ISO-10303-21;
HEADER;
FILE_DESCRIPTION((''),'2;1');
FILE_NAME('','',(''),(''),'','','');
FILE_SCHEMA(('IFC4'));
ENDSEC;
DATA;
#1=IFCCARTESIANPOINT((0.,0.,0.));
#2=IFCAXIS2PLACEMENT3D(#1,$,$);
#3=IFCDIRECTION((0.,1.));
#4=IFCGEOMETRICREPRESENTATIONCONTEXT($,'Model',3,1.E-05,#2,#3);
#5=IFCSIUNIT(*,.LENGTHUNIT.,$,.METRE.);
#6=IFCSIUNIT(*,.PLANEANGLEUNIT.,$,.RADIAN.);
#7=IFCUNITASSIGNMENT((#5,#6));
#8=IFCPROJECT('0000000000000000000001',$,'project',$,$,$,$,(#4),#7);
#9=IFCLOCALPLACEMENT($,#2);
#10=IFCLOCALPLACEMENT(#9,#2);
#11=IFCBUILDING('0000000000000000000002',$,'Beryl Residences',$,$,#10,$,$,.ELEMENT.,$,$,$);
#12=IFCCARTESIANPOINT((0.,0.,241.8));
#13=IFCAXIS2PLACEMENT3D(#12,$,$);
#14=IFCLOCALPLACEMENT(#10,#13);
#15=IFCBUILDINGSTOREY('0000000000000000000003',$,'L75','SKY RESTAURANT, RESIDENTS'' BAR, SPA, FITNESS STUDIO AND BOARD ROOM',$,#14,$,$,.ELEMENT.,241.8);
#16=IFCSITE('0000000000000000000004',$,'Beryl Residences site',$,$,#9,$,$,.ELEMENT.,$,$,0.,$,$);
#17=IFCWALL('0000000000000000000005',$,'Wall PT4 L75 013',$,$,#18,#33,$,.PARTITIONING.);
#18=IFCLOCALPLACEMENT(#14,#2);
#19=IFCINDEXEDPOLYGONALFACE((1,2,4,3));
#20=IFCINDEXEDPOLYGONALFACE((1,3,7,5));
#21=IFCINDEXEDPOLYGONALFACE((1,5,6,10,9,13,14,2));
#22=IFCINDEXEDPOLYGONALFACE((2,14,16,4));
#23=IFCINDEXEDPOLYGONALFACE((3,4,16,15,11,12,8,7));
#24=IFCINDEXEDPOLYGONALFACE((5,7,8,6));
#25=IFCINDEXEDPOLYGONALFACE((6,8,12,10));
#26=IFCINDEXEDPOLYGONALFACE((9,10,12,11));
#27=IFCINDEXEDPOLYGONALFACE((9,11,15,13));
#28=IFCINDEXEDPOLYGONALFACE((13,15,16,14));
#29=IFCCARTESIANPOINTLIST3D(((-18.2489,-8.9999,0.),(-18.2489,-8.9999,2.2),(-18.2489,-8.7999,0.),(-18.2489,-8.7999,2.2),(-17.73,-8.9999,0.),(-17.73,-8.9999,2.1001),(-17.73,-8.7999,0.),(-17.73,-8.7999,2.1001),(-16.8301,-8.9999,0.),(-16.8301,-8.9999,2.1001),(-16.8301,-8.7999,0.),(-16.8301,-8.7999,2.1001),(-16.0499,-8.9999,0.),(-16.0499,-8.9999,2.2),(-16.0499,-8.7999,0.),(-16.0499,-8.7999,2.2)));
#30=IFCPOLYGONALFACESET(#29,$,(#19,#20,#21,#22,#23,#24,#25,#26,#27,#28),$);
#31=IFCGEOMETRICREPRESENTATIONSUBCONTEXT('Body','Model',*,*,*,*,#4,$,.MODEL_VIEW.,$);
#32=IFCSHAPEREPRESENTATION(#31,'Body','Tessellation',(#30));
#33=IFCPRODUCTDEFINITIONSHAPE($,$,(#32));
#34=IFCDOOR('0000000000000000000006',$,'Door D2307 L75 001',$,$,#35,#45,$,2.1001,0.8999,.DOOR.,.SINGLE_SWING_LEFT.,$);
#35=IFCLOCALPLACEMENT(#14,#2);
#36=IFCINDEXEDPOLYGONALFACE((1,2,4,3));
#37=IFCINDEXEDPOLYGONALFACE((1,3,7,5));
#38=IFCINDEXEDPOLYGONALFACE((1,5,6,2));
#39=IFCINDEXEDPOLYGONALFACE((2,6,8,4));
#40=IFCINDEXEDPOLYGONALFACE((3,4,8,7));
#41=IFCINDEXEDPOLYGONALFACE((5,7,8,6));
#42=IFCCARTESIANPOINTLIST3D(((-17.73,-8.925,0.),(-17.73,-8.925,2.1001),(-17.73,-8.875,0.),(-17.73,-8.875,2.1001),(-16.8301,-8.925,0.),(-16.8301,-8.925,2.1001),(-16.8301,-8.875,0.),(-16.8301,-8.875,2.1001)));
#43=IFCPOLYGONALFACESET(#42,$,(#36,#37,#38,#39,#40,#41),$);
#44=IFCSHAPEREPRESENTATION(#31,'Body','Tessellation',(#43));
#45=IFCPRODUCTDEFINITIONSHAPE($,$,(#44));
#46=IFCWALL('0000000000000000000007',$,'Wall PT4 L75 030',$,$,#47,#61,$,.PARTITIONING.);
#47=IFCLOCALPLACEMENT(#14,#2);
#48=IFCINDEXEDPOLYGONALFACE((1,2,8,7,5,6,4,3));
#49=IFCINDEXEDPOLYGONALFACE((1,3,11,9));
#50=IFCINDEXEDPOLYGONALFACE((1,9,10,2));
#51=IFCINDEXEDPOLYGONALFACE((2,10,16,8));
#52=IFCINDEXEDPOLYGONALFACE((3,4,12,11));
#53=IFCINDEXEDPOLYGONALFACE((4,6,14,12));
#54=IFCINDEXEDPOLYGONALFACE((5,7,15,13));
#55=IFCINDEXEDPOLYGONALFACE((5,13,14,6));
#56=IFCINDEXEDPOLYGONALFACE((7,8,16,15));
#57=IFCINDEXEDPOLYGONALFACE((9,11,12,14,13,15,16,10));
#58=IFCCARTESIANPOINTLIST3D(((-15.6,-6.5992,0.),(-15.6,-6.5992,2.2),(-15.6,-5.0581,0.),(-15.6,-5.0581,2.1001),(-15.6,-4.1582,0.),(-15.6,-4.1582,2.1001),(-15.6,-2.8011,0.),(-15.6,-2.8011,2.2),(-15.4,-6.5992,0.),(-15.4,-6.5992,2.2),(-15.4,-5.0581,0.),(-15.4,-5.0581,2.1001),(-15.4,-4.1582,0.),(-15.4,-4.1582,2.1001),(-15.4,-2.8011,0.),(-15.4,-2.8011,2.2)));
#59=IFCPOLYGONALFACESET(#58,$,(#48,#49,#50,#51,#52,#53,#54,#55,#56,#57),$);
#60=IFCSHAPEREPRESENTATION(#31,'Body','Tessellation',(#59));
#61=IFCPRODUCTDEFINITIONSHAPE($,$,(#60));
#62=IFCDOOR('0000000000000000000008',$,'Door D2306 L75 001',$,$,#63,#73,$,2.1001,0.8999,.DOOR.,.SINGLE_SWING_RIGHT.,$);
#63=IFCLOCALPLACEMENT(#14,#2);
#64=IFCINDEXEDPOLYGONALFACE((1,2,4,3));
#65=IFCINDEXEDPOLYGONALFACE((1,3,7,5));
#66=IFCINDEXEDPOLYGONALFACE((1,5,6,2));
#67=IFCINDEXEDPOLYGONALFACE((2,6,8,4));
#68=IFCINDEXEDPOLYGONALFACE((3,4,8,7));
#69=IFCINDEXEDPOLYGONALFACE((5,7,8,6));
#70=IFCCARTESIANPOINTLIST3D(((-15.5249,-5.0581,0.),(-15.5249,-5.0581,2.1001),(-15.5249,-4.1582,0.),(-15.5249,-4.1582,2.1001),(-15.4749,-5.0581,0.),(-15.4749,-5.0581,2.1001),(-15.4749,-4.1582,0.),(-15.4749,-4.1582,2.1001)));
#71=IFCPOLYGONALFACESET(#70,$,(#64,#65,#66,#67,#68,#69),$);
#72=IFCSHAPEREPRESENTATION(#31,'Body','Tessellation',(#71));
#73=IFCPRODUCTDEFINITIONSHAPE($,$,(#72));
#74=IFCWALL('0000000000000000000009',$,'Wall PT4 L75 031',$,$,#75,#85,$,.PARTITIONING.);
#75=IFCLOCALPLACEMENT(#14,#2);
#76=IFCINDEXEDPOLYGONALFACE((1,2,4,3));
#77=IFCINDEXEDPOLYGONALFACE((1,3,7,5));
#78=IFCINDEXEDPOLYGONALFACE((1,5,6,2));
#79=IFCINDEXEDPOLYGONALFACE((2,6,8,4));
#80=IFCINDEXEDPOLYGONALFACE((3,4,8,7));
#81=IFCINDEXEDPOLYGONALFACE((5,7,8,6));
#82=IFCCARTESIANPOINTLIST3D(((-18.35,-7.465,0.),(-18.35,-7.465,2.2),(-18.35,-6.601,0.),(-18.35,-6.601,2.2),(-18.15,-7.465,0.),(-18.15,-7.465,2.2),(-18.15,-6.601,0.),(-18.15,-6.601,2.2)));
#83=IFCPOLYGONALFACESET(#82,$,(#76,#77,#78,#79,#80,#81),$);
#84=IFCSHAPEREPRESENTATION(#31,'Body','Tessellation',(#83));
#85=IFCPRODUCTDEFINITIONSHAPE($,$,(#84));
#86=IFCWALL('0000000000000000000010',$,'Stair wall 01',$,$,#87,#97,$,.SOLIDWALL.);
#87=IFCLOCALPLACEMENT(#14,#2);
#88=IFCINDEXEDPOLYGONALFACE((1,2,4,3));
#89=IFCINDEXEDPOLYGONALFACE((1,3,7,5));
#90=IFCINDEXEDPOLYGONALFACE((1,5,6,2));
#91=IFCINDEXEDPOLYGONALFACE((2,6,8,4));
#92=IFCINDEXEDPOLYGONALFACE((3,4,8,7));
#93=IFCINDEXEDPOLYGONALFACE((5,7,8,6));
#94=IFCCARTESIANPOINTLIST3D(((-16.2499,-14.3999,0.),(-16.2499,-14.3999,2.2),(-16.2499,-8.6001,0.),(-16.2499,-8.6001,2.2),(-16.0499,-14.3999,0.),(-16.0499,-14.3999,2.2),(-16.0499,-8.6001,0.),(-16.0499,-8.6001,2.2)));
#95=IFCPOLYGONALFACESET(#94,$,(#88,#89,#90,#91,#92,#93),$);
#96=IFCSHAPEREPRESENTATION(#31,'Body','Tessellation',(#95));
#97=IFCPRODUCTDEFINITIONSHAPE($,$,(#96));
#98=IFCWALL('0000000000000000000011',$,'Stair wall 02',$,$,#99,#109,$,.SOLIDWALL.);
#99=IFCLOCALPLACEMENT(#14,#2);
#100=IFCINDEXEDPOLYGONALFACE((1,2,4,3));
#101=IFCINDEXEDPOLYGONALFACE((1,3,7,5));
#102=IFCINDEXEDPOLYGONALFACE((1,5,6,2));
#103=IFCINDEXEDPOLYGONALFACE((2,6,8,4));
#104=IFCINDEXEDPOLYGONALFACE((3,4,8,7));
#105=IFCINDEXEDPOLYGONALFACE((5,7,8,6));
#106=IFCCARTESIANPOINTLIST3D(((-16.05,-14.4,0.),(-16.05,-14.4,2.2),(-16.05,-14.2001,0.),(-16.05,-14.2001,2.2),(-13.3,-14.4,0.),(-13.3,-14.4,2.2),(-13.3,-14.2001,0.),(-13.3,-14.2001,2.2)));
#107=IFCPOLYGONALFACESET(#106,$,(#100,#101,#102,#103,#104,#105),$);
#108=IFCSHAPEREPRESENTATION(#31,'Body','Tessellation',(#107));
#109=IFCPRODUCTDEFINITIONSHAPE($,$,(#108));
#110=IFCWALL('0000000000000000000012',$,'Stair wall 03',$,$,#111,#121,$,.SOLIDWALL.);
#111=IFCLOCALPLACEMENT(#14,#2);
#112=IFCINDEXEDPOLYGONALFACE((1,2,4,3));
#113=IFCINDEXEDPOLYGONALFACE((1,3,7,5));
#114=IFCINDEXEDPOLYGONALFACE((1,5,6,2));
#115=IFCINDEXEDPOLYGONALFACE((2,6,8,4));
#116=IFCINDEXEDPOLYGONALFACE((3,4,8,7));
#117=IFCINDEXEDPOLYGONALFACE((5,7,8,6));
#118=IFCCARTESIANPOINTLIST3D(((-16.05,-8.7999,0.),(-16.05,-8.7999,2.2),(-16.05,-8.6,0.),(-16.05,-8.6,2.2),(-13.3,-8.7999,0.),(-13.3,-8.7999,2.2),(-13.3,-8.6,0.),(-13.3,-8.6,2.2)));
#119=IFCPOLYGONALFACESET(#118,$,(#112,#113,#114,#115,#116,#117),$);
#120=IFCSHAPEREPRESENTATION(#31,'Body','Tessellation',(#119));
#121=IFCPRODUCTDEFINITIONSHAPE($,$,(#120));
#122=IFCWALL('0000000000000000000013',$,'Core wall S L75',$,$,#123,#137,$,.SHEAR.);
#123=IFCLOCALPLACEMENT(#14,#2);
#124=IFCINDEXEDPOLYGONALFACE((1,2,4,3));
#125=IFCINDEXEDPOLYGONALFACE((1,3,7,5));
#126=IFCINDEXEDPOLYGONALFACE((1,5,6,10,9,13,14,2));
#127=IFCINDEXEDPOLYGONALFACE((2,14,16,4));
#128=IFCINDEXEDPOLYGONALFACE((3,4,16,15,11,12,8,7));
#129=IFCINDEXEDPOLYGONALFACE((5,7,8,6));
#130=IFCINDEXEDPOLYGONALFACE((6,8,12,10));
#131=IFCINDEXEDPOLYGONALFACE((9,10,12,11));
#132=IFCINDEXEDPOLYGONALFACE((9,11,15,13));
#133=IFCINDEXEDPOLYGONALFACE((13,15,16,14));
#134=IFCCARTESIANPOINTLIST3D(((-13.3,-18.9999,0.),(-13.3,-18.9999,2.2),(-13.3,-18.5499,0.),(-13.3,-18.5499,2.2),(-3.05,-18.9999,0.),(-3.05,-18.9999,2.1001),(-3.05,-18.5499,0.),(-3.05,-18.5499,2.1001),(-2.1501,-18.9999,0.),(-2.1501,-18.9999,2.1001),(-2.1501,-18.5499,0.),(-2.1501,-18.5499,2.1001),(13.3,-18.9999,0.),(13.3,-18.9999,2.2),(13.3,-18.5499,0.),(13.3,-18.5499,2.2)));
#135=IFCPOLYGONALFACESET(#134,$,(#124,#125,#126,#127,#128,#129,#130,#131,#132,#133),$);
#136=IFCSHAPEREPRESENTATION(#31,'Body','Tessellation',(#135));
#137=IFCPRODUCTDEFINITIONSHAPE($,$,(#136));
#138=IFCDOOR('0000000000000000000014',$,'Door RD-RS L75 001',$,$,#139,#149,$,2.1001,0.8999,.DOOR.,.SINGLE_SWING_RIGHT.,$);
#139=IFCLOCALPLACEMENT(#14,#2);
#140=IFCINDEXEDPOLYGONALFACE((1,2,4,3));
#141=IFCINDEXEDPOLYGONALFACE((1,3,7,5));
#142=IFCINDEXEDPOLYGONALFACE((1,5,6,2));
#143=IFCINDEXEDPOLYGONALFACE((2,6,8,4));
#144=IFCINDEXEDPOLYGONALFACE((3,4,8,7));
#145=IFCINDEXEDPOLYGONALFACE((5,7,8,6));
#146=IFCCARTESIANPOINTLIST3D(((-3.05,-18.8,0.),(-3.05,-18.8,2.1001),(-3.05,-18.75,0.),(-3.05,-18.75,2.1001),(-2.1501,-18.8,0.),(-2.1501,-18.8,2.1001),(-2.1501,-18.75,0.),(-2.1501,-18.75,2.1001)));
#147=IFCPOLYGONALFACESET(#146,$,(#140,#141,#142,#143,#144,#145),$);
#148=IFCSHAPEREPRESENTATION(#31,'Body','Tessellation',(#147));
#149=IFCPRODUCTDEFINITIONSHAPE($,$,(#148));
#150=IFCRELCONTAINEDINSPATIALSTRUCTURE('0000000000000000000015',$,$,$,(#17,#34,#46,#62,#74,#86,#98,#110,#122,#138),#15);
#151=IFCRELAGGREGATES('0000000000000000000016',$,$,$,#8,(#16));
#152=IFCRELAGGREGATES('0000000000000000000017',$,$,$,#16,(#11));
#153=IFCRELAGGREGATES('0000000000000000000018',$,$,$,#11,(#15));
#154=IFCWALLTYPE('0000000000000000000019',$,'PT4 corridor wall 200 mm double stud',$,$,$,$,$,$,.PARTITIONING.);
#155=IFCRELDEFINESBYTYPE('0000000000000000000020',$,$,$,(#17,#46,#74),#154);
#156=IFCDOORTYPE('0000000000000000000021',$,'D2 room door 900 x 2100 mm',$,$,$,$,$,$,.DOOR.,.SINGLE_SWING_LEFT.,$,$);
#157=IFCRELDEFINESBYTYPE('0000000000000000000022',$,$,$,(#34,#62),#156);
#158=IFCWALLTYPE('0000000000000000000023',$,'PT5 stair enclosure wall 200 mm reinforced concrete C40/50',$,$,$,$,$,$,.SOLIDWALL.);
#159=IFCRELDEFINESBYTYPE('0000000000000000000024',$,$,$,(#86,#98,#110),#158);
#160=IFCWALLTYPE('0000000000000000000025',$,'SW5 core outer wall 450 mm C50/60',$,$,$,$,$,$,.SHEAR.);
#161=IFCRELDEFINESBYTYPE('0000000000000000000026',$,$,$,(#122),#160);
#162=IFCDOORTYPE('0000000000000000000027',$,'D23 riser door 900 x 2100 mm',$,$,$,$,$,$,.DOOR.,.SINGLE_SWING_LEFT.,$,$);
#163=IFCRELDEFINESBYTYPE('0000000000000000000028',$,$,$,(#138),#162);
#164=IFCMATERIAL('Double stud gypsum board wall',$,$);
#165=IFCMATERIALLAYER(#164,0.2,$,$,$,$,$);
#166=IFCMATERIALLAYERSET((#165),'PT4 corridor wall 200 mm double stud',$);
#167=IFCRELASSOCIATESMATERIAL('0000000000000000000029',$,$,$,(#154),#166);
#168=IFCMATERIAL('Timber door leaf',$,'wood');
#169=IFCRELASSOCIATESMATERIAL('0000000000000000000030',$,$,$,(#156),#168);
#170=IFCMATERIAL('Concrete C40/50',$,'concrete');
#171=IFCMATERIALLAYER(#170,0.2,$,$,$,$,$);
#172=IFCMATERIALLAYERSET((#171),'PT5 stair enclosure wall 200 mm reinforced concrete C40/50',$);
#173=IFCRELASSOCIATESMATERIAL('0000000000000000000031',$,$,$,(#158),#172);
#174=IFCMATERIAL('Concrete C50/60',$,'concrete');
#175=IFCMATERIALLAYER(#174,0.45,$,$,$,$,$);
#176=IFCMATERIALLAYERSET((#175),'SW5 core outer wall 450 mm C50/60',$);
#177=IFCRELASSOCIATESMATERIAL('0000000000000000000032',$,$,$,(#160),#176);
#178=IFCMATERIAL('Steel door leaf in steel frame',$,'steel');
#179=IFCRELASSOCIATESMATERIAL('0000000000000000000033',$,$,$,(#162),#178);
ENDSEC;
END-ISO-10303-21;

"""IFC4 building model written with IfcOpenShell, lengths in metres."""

from ifc_helpers import new_model, si_unit, direction, frame, frame_2d, origin, place, context, subcontext, project, spatial, rectangle, extrude, material, layer, layer_set, type_object, element, fill, save


model = new_model("IFC4")

# Units and contexts
model_context = context("Model", 3, precision=1e-05, world=origin(), true_north=direction((0.0, 1.0)))
body_context = subcontext(model_context, "Body", "Model", "MODEL_VIEW")
ifc_project = project(units=[si_unit("LENGTHUNIT", "METRE"), si_unit("PLANEANGLEUNIT", "RADIAN")], contexts=[model_context])

# Site, building, storey
site_placement = place(None, origin())
site = spatial("IfcSite", under=ifc_project, at=site_placement, Name="Beryl Residences site", CompositionType="ELEMENT", RefElevation=0.0)
building_placement = place(site_placement, origin())
building = spatial("IfcBuilding", under=site, at=building_placement, Name="Beryl Residences", CompositionType="ELEMENT")
storey_placement = place(building_placement, frame((0.0, 0.0, 241.8)))
storey = spatial("IfcBuildingStorey", under=building, at=storey_placement, Name="L75", Description="SKY RESTAURANT, RESIDENTS' BAR, SPA, FITNESS STUDIO AND BOARD ROOM", CompositionType="ELEMENT", Elevation=241.8)

# Shared definitions
ifc_material_1 = material(Name="Double stud gypsum board wall")
ifc_layer_1 = layer(ifc_material_1, 0.2)
ifc_layer_set_1 = layer_set([ifc_layer_1], Name="PT4 corridor wall 200 mm double stud")
wall_type_1 = type_object("IfcWallType", Name="PT4 corridor wall 200 mm double stud", PredefinedType="PARTITIONING", material=ifc_layer_set_1)

# Walls, openings, doors
wall_1_placement = place(storey_placement, frame((-18.249, -8.8999, 0.0), z_axis=(0.0, 0.0, 1.0), x_axis=(1.0, 0.0, 0.0)))
wall_1 = element("IfcWall", 1, at=wall_1_placement, inside=storey, type_object=wall_type_1, Name="Wall PT4 L75 013", PredefinedType="PARTITIONING", context=body_context, shape_type="SweptSolid", body=[
    extrude(rectangle(XDim=2.199, YDim=0.2, at=frame_2d((1.0996, 0.0))), origin(), (0.0, 0.0, 1.0), 2.2),
])
opening_1_placement = place(wall_1_placement, frame((0.519, 0.0, 0.0)))
opening_1 = element("IfcOpeningElement", 2, at=opening_1_placement, cuts=wall_1, PredefinedType="OPENING", context=body_context, shape_type="SweptSolid", body=[
    extrude(rectangle(XDim=0.8999, YDim=2.1001, at=frame_2d((0.45, 1.05))), frame((0.0, 0.1099, 0.0), z_axis=(0.0, -1.0, 0.0), x_axis=(1.0, 0.0, 0.0)), (0.0, 0.0, 1.0), 0.22),
])
ifc_material_2 = material(Name="Timber door leaf", Category="wood")
door_type_1 = type_object("IfcDoorType", Name="D2 room door 900 x 2100 mm", OperationType="SINGLE_SWING_LEFT", PredefinedType="DOOR", material=ifc_material_2)
door_1_placement = place(opening_1_placement, origin())
door_1 = element("IfcDoor", 3, at=door_1_placement, inside=storey, type_object=door_type_1, Name="Door D2307 L75 001", OperationType="SINGLE_SWING_LEFT", OverallHeight=2.1001, OverallWidth=0.8999, PredefinedType="DOOR", context=body_context, shape_type="SweptSolid", body=[
    extrude(rectangle(XDim=0.8999, YDim=2.1001, at=frame_2d((0.45, 1.05))), frame((0.0, 0.0249, 0.0), z_axis=(0.0, -1.0, 0.0), x_axis=(1.0, 0.0, 0.0)), (0.0, 0.0, 1.0), 0.05),
])
fill(opening_1, door_1)
wall_2_placement = place(storey_placement, frame((-15.5, -6.5991, 0.0), z_axis=(0.0, 0.0, 1.0), x_axis=(0.0, 1.0, 0.0)))
wall_2 = element("IfcWall", 4, at=wall_2_placement, inside=storey, type_object=wall_type_1, Name="Wall PT4 L75 030", PredefinedType="PARTITIONING", context=body_context, shape_type="SweptSolid", body=[
    extrude(rectangle(XDim=3.7981, YDim=0.2, at=frame_2d((1.8989, 0.0))), origin(), (0.0, 0.0, 1.0), 2.2),
])
opening_2_placement = place(wall_2_placement, frame((1.541, 0.0, 0.0)))
opening_2 = element("IfcOpeningElement", 5, at=opening_2_placement, cuts=wall_2, PredefinedType="OPENING", context=body_context, shape_type="SweptSolid", body=[
    extrude(rectangle(XDim=0.8999, YDim=2.1001, at=frame_2d((0.45, 1.05))), frame((0.0, 0.1099, 0.0), z_axis=(0.0, -1.0, 0.0), x_axis=(1.0, 0.0, 0.0)), (0.0, 0.0, 1.0), 0.22),
])
door_2_placement = place(opening_2_placement, origin())
door_2 = element("IfcDoor", 6, at=door_2_placement, inside=storey, type_object=door_type_1, Name="Door D2306 L75 001", OperationType="SINGLE_SWING_RIGHT", OverallHeight=2.1001, OverallWidth=0.8999, PredefinedType="DOOR", context=body_context, shape_type="SweptSolid", body=[
    extrude(rectangle(XDim=0.8999, YDim=2.1001, at=frame_2d((0.45, 1.05))), frame((0.0, 0.0249, 0.0), z_axis=(0.0, -1.0, 0.0), x_axis=(1.0, 0.0, 0.0)), (0.0, 0.0, 1.0), 0.05),
])
fill(opening_2, door_2)

# Walls
wall_3_placement = place(storey_placement, frame((-18.25, -7.4651, 0.0), z_axis=(0.0, 0.0, 1.0), x_axis=(0.0, 1.0, 0.0)))
element("IfcWall", 7, at=wall_3_placement, inside=storey, type_object=wall_type_1, Name="Wall PT4 L75 031", PredefinedType="PARTITIONING", context=body_context, shape_type="SweptSolid", body=[
    extrude(rectangle(XDim=0.864, YDim=0.2, at=frame_2d((0.4321, 0.0))), origin(), (0.0, 0.0, 1.0), 2.2),
])
ifc_material_3 = material(Name="Concrete C40/50", Category="concrete")
ifc_layer_2 = layer(ifc_material_3, 0.2)
ifc_layer_set_2 = layer_set([ifc_layer_2], Name="PT5 stair enclosure wall 200 mm reinforced concrete C40/50")
wall_type_2 = type_object("IfcWallType", Name="PT5 stair enclosure wall 200 mm reinforced concrete C40/50", PredefinedType="SOLIDWALL", material=ifc_layer_set_2)
wall_4_placement = place(storey_placement, frame((-16.1499, -14.3999, 0.0), z_axis=(0.0, 0.0, 1.0), x_axis=(0.0, 1.0, 0.0)))
element("IfcWall", 8, at=wall_4_placement, inside=storey, type_object=wall_type_2, Name="Stair wall 01", PredefinedType="SOLIDWALL", context=body_context, shape_type="SweptSolid", body=[
    extrude(rectangle(XDim=5.7998, YDim=0.2, at=frame_2d((2.8999, 0.0))), origin(), (0.0, 0.0, 1.0), 2.2),
])
for number, where, z_axis, x_axis, name in (
    (9, (-16.05, -14.3, 0.0), (0.0, 0.0, 1.0), (1.0, 0.0, 0.0), "Stair wall 02"),
    (10, (-16.05, -8.7, 0.0), (0.0, 0.0, 1.0), (1.0, 0.0, 0.0), "Stair wall 03"),
):
    element("IfcWall", number, at=place(storey_placement, frame(where, z_axis=z_axis, x_axis=x_axis)), inside=storey, type_object=wall_type_2, Name=name, PredefinedType="SOLIDWALL", context=body_context, shape_type="SweptSolid", body=[
        extrude(rectangle(XDim=2.75, YDim=0.2, at=frame_2d((1.375, 0.0))), origin(), (0.0, 0.0, 1.0), 2.2),
    ])

# Wall, opening, door
ifc_material_4 = material(Name="Concrete C50/60", Category="concrete")
ifc_layer_3 = layer(ifc_material_4, 0.45)
ifc_layer_set_3 = layer_set([ifc_layer_3], Name="SW5 core outer wall 450 mm C50/60")
wall_type_3 = type_object("IfcWallType", Name="SW5 core outer wall 450 mm C50/60", PredefinedType="SHEAR", material=ifc_layer_set_3)
wall_5_placement = place(storey_placement, frame((-13.3, -18.7749, 0.0), z_axis=(0.0, 0.0, 1.0), x_axis=(1.0, 0.0, 0.0)))
wall_5 = element("IfcWall", 11, at=wall_5_placement, inside=storey, type_object=wall_type_3, Name="Core wall S L75", PredefinedType="SHEAR", context=body_context, shape_type="SweptSolid", body=[
    extrude(rectangle(XDim=26.6001, YDim=0.45, at=frame_2d((13.3, 0.0))), origin(), (0.0, 0.0, 1.0), 2.2),
])
opening_3_placement = place(wall_5_placement, frame((10.25, 0.0, 0.0)))
opening_3 = element("IfcOpeningElement", 12, at=opening_3_placement, cuts=wall_5, PredefinedType="OPENING", context=body_context, shape_type="SweptSolid", body=[
    extrude(rectangle(XDim=0.8999, YDim=2.1001, at=frame_2d((0.45, 1.05))), frame((0.0, 0.2349, 0.0), z_axis=(0.0, -1.0, 0.0), x_axis=(1.0, 0.0, 0.0)), (0.0, 0.0, 1.0), 0.47),
])
ifc_material_5 = material(Name="Steel door leaf in steel frame", Category="steel")
door_type_2 = type_object("IfcDoorType", Name="D23 riser door 900 x 2100 mm", OperationType="SINGLE_SWING_LEFT", PredefinedType="DOOR", material=ifc_material_5)
door_3_placement = place(opening_3_placement, origin())
door_3 = element("IfcDoor", 13, at=door_3_placement, inside=storey, type_object=door_type_2, Name="Door RD-RS L75 001", OperationType="SINGLE_SWING_RIGHT", OverallHeight=2.1001, OverallWidth=0.8999, PredefinedType="DOOR", context=body_context, shape_type="SweptSolid", body=[
    extrude(rectangle(XDim=0.8999, YDim=2.1001, at=frame_2d((0.45, 1.05))), frame((0.0, 0.0249, 0.0), z_axis=(0.0, -1.0, 0.0), x_axis=(1.0, 0.0, 0.0)), (0.0, 0.0, 1.0), 0.05),
])
fill(opening_3, door_3)

save(model, "model.ifc")
